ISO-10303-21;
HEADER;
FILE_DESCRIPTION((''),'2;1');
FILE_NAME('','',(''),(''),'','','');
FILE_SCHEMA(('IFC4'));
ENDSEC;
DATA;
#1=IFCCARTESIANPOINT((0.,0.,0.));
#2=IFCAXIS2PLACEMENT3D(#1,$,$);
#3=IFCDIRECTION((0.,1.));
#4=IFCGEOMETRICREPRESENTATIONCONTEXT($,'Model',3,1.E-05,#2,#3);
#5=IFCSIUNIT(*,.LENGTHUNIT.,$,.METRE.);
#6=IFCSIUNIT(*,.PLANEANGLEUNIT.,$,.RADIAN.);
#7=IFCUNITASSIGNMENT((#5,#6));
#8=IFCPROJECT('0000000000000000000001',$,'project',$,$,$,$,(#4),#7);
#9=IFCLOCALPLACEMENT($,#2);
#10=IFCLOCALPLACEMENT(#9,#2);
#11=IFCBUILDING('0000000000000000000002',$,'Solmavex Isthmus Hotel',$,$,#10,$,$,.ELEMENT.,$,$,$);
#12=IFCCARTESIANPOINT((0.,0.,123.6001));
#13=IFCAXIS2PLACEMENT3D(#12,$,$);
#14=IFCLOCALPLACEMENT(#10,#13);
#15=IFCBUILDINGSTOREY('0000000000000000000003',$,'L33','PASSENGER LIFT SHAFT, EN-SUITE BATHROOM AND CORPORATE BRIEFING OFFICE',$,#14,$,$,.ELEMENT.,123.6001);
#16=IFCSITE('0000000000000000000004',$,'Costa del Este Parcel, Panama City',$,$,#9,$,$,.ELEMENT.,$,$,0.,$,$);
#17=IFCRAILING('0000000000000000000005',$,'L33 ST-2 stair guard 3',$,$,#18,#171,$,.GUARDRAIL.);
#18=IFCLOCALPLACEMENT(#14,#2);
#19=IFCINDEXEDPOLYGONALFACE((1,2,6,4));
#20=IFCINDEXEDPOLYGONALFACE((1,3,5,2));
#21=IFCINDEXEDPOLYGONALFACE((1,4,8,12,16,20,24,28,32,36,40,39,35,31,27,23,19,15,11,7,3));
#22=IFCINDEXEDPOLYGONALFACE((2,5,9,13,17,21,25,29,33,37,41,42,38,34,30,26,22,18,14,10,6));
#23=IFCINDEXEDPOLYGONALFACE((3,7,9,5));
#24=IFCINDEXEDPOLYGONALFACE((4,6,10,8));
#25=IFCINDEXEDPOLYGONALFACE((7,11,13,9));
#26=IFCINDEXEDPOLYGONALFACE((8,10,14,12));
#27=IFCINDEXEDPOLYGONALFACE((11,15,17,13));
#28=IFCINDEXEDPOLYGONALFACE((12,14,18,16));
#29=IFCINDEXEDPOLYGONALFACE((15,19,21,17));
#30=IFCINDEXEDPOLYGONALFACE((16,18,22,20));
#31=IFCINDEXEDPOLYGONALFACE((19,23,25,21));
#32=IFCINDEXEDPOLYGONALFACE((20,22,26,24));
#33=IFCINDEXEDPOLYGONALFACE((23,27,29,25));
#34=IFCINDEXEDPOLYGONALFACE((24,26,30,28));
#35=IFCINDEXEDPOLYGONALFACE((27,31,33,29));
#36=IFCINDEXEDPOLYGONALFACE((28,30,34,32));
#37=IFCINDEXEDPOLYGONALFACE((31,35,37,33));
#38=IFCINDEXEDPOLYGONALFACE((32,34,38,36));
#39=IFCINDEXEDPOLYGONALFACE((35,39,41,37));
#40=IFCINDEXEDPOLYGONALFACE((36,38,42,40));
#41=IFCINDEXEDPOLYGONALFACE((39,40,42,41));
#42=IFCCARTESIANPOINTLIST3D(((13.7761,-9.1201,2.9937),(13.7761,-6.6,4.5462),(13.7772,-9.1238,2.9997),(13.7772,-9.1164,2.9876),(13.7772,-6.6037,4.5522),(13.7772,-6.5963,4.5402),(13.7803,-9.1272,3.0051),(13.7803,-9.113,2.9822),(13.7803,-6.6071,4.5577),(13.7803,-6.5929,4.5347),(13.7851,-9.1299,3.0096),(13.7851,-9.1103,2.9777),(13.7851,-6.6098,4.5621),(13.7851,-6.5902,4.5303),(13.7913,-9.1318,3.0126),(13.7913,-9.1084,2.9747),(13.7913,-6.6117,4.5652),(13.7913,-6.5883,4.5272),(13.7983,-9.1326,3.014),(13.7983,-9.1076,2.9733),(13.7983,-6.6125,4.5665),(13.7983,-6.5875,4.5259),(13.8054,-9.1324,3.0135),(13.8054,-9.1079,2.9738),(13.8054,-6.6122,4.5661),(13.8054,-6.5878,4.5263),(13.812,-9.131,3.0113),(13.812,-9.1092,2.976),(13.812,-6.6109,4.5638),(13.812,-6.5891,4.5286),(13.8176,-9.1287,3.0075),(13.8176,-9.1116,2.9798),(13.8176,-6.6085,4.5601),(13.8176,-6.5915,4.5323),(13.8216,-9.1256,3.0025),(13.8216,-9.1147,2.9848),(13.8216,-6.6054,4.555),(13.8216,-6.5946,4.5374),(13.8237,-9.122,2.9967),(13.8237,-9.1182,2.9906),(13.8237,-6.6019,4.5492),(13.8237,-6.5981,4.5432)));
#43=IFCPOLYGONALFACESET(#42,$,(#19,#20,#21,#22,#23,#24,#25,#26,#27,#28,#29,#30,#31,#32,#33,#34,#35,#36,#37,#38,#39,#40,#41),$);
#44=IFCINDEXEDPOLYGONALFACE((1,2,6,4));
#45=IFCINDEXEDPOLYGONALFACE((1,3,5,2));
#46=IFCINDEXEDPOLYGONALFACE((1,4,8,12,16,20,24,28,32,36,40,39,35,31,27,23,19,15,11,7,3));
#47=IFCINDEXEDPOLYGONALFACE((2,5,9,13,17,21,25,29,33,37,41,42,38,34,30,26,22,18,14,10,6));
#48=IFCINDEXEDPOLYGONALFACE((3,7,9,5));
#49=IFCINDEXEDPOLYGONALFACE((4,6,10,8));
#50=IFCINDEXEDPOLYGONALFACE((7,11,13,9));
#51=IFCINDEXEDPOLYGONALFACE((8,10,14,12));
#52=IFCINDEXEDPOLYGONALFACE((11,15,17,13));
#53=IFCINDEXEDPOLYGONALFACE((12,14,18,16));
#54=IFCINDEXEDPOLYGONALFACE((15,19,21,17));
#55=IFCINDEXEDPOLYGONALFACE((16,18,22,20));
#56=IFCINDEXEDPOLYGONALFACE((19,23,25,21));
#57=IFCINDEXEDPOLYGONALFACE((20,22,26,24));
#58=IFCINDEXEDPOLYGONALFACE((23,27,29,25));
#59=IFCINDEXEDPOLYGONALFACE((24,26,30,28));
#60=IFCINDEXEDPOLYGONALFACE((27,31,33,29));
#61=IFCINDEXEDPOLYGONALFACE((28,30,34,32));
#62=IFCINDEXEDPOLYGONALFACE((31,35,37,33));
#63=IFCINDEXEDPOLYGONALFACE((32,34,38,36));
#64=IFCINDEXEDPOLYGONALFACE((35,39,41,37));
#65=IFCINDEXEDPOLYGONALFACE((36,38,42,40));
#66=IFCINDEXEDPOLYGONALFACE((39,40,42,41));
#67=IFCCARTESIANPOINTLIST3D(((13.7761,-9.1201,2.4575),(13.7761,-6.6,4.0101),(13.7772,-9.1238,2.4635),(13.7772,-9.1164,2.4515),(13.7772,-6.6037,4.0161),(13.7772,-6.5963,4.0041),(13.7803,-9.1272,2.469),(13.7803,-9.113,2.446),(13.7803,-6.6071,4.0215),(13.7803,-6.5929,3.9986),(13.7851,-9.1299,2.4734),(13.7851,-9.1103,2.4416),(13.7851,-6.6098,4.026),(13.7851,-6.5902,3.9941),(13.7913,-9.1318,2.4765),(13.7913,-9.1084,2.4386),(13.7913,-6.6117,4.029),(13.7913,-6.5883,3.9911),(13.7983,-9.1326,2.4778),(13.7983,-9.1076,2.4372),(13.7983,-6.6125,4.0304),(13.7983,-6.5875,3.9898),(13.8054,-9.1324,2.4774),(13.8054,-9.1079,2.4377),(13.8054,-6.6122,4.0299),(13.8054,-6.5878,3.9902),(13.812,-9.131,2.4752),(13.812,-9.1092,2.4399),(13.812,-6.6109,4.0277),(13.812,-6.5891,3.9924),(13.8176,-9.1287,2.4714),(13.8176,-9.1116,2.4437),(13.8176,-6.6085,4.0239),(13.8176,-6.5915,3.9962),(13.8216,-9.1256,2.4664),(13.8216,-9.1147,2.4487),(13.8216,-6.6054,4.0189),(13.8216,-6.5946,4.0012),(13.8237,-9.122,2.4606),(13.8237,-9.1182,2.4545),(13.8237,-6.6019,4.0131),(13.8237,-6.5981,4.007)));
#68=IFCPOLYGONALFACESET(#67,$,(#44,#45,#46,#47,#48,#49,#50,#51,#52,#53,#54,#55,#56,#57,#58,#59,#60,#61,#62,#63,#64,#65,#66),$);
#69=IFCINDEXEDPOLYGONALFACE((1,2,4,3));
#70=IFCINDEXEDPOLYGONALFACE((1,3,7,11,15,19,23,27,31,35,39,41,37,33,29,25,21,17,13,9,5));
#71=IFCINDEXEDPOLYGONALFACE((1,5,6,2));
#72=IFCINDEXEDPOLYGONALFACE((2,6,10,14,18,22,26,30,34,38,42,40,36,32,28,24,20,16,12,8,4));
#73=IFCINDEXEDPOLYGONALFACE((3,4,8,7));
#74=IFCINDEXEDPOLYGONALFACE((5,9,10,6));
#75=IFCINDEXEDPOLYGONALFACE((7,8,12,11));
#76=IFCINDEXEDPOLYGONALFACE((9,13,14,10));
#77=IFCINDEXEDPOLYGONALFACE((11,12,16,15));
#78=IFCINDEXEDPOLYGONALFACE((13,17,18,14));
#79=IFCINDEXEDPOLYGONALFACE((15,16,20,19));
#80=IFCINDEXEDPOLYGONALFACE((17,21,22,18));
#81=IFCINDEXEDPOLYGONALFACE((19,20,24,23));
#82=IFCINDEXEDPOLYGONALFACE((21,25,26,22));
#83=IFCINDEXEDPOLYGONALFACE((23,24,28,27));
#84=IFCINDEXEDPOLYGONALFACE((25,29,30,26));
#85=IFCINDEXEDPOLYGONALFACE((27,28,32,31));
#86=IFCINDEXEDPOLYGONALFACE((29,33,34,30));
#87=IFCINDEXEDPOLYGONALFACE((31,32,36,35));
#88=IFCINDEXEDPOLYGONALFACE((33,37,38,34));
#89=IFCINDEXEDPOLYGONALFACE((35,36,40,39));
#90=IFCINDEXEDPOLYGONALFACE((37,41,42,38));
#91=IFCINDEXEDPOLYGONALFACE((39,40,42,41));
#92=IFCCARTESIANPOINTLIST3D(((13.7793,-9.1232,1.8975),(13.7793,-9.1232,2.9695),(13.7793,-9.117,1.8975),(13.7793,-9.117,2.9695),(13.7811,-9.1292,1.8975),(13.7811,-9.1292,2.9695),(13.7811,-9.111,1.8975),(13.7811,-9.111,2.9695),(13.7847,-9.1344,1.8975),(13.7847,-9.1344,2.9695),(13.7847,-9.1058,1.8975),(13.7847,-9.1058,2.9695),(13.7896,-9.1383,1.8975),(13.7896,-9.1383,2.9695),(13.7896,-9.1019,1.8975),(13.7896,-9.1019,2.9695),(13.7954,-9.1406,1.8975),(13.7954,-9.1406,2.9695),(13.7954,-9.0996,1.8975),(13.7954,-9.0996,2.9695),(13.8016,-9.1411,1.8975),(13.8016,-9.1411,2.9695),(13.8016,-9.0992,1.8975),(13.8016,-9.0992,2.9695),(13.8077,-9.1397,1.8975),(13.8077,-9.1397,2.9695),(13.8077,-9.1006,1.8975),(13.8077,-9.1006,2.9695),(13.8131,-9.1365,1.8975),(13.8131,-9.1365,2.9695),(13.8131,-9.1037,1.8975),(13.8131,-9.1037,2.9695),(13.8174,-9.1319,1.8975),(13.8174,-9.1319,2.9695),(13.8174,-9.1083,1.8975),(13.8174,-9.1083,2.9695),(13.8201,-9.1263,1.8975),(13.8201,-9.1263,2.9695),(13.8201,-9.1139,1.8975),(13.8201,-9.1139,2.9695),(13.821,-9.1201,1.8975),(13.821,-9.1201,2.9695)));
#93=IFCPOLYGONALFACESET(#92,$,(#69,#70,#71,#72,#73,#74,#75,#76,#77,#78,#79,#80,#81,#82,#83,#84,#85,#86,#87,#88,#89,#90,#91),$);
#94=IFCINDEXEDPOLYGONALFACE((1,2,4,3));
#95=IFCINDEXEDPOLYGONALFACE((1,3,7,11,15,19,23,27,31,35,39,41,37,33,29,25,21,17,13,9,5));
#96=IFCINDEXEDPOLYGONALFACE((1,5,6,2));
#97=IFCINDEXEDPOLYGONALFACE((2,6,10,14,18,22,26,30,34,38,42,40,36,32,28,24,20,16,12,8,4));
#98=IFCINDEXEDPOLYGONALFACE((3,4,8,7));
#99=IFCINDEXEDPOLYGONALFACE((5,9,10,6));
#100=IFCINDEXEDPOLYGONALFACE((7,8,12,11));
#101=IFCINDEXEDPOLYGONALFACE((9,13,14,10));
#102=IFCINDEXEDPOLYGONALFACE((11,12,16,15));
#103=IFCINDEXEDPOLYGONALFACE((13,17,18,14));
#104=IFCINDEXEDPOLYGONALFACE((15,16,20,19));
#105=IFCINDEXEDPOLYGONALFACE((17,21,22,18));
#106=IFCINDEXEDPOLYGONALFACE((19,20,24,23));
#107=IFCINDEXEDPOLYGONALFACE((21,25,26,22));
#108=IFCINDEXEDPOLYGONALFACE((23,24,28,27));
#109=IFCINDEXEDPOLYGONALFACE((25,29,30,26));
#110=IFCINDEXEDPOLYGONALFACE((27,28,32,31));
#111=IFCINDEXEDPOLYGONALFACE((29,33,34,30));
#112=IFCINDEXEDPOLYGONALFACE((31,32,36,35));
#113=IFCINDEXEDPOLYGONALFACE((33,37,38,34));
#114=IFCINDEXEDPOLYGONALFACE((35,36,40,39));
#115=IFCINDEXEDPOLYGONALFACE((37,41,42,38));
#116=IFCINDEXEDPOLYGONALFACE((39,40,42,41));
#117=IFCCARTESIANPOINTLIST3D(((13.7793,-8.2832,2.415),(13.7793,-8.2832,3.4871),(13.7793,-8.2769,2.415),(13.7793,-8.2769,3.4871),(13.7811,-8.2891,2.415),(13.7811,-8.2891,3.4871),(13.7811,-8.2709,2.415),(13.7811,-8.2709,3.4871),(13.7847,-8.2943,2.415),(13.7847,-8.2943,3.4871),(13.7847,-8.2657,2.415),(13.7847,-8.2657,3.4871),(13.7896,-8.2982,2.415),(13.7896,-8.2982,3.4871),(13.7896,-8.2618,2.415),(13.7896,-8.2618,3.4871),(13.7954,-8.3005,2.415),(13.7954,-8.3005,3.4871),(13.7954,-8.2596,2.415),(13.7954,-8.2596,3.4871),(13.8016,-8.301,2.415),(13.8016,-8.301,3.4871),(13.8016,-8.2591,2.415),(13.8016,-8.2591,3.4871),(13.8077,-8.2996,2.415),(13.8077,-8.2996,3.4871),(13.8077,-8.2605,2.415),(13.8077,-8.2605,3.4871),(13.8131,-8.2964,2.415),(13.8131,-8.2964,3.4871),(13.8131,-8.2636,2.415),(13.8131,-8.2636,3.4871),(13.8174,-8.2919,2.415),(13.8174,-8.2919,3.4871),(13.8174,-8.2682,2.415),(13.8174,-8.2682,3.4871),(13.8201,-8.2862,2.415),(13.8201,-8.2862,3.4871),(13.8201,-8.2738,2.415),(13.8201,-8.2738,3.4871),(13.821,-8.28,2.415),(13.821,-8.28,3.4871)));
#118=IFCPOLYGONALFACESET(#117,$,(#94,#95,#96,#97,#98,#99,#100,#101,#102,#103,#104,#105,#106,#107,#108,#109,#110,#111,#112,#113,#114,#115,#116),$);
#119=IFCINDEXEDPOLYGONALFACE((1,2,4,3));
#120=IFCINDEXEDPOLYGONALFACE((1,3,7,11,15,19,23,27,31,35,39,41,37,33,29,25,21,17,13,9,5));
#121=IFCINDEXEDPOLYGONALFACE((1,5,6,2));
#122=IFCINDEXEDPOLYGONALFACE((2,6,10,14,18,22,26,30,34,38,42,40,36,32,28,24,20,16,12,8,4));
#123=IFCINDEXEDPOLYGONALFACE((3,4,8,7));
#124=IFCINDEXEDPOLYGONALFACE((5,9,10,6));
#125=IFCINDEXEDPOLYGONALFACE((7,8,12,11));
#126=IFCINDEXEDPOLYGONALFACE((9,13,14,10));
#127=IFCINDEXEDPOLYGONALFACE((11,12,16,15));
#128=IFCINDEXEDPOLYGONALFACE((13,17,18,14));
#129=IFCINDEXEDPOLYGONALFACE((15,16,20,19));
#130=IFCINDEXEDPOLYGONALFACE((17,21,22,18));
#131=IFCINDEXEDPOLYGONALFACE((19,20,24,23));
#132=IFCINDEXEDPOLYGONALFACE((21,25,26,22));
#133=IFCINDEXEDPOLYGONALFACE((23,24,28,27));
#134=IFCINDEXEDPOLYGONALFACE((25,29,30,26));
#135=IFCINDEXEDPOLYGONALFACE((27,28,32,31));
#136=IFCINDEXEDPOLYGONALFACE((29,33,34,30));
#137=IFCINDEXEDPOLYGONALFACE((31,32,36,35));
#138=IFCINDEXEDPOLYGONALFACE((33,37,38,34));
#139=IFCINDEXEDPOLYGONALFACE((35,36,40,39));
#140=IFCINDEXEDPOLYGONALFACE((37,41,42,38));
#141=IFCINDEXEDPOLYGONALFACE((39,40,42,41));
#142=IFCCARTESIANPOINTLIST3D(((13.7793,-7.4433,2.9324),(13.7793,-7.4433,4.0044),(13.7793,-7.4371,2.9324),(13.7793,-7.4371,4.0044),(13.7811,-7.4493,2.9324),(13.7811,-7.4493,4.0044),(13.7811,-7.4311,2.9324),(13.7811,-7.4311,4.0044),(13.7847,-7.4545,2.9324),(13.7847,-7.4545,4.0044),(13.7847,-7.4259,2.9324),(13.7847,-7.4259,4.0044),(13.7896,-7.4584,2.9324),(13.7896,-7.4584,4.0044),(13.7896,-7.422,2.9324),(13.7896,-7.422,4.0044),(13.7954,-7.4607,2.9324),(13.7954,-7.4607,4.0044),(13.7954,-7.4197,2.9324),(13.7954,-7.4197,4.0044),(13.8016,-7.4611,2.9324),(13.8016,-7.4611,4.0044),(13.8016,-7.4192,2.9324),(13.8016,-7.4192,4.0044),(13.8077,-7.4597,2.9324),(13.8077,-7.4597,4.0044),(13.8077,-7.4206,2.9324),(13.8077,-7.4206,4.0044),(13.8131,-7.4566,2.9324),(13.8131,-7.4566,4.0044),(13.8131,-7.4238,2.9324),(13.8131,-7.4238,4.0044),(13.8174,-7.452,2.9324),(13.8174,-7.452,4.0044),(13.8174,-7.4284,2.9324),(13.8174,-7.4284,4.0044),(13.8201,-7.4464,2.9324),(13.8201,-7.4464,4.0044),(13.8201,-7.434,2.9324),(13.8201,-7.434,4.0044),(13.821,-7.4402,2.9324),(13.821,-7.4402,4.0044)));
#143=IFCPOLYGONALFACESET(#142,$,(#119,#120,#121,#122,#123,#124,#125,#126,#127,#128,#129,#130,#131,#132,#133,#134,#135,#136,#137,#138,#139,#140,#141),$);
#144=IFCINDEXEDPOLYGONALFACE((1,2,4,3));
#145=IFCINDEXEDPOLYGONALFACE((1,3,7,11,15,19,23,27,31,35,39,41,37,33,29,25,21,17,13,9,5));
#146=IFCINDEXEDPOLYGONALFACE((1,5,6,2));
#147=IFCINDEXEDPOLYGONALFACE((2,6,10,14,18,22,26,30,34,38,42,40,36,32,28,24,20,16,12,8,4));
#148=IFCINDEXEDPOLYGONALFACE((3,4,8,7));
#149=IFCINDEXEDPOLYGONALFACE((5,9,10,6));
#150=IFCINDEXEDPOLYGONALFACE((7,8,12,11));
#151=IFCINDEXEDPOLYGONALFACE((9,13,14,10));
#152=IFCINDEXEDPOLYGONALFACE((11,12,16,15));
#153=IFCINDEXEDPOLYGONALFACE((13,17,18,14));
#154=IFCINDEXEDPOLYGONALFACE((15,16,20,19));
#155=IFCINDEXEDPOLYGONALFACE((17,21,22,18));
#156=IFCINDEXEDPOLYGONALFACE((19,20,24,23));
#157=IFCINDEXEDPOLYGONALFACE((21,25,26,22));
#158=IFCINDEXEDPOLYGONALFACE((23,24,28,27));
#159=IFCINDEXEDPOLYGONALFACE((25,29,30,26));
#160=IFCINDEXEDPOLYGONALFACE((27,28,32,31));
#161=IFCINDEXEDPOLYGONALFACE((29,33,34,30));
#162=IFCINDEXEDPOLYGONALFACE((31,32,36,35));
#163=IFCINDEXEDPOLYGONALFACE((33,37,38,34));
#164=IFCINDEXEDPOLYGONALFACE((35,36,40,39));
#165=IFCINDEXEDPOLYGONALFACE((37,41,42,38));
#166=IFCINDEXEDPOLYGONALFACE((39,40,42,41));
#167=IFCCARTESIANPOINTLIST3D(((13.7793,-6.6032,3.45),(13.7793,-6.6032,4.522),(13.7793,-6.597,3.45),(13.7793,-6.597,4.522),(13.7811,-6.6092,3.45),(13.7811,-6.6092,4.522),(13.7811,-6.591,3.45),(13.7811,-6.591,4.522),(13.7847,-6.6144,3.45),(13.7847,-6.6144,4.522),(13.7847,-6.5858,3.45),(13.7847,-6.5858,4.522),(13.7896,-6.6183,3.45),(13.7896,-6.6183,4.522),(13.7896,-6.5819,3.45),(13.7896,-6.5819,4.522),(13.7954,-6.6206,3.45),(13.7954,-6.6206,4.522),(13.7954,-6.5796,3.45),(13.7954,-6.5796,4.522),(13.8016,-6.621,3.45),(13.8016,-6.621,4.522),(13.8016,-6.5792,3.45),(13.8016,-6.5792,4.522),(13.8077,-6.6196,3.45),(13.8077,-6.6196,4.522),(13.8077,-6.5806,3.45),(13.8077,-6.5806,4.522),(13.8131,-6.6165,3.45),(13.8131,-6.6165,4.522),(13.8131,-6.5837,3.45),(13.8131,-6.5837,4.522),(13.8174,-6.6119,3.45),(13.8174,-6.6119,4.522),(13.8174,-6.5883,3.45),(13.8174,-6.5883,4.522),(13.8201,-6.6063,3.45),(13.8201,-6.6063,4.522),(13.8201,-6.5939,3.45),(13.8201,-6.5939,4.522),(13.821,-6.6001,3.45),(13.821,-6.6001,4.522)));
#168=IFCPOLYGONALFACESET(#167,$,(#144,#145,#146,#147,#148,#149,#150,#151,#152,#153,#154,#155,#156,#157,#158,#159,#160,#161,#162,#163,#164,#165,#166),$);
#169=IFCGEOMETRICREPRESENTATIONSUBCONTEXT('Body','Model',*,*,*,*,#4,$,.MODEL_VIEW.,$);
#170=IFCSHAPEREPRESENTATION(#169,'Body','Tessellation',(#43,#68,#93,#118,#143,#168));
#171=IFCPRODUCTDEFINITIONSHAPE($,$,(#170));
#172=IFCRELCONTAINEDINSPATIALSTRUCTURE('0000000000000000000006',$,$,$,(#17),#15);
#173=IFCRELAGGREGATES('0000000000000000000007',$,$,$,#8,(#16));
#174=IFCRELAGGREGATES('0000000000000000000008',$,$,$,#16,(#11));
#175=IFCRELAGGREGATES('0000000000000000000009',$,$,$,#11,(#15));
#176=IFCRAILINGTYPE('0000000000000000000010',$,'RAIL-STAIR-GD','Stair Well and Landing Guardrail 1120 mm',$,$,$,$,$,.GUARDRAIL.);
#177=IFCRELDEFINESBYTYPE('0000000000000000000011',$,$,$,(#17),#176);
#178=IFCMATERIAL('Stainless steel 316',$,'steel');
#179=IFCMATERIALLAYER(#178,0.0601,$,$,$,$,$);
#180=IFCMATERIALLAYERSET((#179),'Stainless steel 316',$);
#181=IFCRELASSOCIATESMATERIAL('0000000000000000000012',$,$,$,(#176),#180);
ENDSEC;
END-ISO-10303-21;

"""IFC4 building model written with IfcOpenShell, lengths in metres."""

from ifc_helpers import new_model, si_unit, direction, frame, origin, origin_2d, place, context, subcontext, project, spatial, circle, extrude, material, layer, layer_set, type_object, element, save


model = new_model("IFC4")

# Units and contexts
model_context = context("Model", 3, precision=1e-05, world=origin(), true_north=direction((0.0, 1.0)))
body_context = subcontext(model_context, "Body", "Model", "MODEL_VIEW")
ifc_project = project(units=[si_unit("LENGTHUNIT", "METRE"), si_unit("PLANEANGLEUNIT", "RADIAN")], contexts=[model_context])

# Site, building, storey
site_placement = place(None, origin())
site = spatial("IfcSite", under=ifc_project, at=site_placement, Name="Costa del Este Parcel, Panama City", CompositionType="ELEMENT", RefElevation=0.0)
building_placement = place(site_placement, origin())
building = spatial("IfcBuilding", under=site, at=building_placement, Name="Solmavex Isthmus Hotel", CompositionType="ELEMENT")
storey_placement = place(building_placement, frame((0.0, 0.0, 123.6001)))
storey = spatial("IfcBuildingStorey", under=building, at=storey_placement, Name="L33", Description="PASSENGER LIFT SHAFT, EN-SUITE BATHROOM AND CORPORATE BRIEFING OFFICE", CompositionType="ELEMENT", Elevation=123.6001)

# Railing
ifc_material_1 = material(Name="Stainless steel 316", Category="steel")
ifc_layer_1 = layer(ifc_material_1, 0.0601)
ifc_layer_set_1 = layer_set([ifc_layer_1], Name="Stainless steel 316")
railing_type_1 = type_object("IfcRailingType", Name="RAIL-STAIR-GD", Description="Stair Well and Landing Guardrail 1120 mm", PredefinedType="GUARDRAIL", material=ifc_layer_set_1)
railing_1_placement = place(storey_placement, frame((13.8, -9.1201, 1.8975)))
element("IfcRailing", 1, at=railing_1_placement, inside=storey, type_object=railing_type_1, Name="L33 ST-2 stair guard 3", PredefinedType="GUARDRAIL", context=body_context, shape_type="SweptSolid", body=[
    extrude(circle(Radius=0.0239, at=origin_2d()), frame((0.0, 0.0, 1.0962), z_axis=(0.0, 0.8514, 0.524516), x_axis=(-1.0, 0.0, 0.0)), (0.0, 0.0, 1.0), 2.96),
    extrude(circle(Radius=0.0239, at=origin_2d()), frame((0.0, 0.0, 0.5601), z_axis=(0.0, 0.8514, 0.524516), x_axis=(-1.0, 0.0, 0.0)), (0.0, 0.0, 1.0), 2.96),
    extrude(circle(Radius=0.021, at=origin_2d()), origin(), (0.0, 0.0, 1.0), 1.072),
    extrude(circle(Radius=0.021, at=origin_2d()), frame((0.0, 0.8401, 0.5176)), (0.0, 0.0, 1.0), 1.072),
    extrude(circle(Radius=0.021, at=origin_2d()), frame((0.0, 1.6799, 1.0349)), (0.0, 0.0, 1.0), 1.072),
    extrude(circle(Radius=0.021, at=origin_2d()), frame((0.0, 2.52, 1.5525)), (0.0, 0.0, 1.0), 1.072),
])

save(model, "model.ifc")
